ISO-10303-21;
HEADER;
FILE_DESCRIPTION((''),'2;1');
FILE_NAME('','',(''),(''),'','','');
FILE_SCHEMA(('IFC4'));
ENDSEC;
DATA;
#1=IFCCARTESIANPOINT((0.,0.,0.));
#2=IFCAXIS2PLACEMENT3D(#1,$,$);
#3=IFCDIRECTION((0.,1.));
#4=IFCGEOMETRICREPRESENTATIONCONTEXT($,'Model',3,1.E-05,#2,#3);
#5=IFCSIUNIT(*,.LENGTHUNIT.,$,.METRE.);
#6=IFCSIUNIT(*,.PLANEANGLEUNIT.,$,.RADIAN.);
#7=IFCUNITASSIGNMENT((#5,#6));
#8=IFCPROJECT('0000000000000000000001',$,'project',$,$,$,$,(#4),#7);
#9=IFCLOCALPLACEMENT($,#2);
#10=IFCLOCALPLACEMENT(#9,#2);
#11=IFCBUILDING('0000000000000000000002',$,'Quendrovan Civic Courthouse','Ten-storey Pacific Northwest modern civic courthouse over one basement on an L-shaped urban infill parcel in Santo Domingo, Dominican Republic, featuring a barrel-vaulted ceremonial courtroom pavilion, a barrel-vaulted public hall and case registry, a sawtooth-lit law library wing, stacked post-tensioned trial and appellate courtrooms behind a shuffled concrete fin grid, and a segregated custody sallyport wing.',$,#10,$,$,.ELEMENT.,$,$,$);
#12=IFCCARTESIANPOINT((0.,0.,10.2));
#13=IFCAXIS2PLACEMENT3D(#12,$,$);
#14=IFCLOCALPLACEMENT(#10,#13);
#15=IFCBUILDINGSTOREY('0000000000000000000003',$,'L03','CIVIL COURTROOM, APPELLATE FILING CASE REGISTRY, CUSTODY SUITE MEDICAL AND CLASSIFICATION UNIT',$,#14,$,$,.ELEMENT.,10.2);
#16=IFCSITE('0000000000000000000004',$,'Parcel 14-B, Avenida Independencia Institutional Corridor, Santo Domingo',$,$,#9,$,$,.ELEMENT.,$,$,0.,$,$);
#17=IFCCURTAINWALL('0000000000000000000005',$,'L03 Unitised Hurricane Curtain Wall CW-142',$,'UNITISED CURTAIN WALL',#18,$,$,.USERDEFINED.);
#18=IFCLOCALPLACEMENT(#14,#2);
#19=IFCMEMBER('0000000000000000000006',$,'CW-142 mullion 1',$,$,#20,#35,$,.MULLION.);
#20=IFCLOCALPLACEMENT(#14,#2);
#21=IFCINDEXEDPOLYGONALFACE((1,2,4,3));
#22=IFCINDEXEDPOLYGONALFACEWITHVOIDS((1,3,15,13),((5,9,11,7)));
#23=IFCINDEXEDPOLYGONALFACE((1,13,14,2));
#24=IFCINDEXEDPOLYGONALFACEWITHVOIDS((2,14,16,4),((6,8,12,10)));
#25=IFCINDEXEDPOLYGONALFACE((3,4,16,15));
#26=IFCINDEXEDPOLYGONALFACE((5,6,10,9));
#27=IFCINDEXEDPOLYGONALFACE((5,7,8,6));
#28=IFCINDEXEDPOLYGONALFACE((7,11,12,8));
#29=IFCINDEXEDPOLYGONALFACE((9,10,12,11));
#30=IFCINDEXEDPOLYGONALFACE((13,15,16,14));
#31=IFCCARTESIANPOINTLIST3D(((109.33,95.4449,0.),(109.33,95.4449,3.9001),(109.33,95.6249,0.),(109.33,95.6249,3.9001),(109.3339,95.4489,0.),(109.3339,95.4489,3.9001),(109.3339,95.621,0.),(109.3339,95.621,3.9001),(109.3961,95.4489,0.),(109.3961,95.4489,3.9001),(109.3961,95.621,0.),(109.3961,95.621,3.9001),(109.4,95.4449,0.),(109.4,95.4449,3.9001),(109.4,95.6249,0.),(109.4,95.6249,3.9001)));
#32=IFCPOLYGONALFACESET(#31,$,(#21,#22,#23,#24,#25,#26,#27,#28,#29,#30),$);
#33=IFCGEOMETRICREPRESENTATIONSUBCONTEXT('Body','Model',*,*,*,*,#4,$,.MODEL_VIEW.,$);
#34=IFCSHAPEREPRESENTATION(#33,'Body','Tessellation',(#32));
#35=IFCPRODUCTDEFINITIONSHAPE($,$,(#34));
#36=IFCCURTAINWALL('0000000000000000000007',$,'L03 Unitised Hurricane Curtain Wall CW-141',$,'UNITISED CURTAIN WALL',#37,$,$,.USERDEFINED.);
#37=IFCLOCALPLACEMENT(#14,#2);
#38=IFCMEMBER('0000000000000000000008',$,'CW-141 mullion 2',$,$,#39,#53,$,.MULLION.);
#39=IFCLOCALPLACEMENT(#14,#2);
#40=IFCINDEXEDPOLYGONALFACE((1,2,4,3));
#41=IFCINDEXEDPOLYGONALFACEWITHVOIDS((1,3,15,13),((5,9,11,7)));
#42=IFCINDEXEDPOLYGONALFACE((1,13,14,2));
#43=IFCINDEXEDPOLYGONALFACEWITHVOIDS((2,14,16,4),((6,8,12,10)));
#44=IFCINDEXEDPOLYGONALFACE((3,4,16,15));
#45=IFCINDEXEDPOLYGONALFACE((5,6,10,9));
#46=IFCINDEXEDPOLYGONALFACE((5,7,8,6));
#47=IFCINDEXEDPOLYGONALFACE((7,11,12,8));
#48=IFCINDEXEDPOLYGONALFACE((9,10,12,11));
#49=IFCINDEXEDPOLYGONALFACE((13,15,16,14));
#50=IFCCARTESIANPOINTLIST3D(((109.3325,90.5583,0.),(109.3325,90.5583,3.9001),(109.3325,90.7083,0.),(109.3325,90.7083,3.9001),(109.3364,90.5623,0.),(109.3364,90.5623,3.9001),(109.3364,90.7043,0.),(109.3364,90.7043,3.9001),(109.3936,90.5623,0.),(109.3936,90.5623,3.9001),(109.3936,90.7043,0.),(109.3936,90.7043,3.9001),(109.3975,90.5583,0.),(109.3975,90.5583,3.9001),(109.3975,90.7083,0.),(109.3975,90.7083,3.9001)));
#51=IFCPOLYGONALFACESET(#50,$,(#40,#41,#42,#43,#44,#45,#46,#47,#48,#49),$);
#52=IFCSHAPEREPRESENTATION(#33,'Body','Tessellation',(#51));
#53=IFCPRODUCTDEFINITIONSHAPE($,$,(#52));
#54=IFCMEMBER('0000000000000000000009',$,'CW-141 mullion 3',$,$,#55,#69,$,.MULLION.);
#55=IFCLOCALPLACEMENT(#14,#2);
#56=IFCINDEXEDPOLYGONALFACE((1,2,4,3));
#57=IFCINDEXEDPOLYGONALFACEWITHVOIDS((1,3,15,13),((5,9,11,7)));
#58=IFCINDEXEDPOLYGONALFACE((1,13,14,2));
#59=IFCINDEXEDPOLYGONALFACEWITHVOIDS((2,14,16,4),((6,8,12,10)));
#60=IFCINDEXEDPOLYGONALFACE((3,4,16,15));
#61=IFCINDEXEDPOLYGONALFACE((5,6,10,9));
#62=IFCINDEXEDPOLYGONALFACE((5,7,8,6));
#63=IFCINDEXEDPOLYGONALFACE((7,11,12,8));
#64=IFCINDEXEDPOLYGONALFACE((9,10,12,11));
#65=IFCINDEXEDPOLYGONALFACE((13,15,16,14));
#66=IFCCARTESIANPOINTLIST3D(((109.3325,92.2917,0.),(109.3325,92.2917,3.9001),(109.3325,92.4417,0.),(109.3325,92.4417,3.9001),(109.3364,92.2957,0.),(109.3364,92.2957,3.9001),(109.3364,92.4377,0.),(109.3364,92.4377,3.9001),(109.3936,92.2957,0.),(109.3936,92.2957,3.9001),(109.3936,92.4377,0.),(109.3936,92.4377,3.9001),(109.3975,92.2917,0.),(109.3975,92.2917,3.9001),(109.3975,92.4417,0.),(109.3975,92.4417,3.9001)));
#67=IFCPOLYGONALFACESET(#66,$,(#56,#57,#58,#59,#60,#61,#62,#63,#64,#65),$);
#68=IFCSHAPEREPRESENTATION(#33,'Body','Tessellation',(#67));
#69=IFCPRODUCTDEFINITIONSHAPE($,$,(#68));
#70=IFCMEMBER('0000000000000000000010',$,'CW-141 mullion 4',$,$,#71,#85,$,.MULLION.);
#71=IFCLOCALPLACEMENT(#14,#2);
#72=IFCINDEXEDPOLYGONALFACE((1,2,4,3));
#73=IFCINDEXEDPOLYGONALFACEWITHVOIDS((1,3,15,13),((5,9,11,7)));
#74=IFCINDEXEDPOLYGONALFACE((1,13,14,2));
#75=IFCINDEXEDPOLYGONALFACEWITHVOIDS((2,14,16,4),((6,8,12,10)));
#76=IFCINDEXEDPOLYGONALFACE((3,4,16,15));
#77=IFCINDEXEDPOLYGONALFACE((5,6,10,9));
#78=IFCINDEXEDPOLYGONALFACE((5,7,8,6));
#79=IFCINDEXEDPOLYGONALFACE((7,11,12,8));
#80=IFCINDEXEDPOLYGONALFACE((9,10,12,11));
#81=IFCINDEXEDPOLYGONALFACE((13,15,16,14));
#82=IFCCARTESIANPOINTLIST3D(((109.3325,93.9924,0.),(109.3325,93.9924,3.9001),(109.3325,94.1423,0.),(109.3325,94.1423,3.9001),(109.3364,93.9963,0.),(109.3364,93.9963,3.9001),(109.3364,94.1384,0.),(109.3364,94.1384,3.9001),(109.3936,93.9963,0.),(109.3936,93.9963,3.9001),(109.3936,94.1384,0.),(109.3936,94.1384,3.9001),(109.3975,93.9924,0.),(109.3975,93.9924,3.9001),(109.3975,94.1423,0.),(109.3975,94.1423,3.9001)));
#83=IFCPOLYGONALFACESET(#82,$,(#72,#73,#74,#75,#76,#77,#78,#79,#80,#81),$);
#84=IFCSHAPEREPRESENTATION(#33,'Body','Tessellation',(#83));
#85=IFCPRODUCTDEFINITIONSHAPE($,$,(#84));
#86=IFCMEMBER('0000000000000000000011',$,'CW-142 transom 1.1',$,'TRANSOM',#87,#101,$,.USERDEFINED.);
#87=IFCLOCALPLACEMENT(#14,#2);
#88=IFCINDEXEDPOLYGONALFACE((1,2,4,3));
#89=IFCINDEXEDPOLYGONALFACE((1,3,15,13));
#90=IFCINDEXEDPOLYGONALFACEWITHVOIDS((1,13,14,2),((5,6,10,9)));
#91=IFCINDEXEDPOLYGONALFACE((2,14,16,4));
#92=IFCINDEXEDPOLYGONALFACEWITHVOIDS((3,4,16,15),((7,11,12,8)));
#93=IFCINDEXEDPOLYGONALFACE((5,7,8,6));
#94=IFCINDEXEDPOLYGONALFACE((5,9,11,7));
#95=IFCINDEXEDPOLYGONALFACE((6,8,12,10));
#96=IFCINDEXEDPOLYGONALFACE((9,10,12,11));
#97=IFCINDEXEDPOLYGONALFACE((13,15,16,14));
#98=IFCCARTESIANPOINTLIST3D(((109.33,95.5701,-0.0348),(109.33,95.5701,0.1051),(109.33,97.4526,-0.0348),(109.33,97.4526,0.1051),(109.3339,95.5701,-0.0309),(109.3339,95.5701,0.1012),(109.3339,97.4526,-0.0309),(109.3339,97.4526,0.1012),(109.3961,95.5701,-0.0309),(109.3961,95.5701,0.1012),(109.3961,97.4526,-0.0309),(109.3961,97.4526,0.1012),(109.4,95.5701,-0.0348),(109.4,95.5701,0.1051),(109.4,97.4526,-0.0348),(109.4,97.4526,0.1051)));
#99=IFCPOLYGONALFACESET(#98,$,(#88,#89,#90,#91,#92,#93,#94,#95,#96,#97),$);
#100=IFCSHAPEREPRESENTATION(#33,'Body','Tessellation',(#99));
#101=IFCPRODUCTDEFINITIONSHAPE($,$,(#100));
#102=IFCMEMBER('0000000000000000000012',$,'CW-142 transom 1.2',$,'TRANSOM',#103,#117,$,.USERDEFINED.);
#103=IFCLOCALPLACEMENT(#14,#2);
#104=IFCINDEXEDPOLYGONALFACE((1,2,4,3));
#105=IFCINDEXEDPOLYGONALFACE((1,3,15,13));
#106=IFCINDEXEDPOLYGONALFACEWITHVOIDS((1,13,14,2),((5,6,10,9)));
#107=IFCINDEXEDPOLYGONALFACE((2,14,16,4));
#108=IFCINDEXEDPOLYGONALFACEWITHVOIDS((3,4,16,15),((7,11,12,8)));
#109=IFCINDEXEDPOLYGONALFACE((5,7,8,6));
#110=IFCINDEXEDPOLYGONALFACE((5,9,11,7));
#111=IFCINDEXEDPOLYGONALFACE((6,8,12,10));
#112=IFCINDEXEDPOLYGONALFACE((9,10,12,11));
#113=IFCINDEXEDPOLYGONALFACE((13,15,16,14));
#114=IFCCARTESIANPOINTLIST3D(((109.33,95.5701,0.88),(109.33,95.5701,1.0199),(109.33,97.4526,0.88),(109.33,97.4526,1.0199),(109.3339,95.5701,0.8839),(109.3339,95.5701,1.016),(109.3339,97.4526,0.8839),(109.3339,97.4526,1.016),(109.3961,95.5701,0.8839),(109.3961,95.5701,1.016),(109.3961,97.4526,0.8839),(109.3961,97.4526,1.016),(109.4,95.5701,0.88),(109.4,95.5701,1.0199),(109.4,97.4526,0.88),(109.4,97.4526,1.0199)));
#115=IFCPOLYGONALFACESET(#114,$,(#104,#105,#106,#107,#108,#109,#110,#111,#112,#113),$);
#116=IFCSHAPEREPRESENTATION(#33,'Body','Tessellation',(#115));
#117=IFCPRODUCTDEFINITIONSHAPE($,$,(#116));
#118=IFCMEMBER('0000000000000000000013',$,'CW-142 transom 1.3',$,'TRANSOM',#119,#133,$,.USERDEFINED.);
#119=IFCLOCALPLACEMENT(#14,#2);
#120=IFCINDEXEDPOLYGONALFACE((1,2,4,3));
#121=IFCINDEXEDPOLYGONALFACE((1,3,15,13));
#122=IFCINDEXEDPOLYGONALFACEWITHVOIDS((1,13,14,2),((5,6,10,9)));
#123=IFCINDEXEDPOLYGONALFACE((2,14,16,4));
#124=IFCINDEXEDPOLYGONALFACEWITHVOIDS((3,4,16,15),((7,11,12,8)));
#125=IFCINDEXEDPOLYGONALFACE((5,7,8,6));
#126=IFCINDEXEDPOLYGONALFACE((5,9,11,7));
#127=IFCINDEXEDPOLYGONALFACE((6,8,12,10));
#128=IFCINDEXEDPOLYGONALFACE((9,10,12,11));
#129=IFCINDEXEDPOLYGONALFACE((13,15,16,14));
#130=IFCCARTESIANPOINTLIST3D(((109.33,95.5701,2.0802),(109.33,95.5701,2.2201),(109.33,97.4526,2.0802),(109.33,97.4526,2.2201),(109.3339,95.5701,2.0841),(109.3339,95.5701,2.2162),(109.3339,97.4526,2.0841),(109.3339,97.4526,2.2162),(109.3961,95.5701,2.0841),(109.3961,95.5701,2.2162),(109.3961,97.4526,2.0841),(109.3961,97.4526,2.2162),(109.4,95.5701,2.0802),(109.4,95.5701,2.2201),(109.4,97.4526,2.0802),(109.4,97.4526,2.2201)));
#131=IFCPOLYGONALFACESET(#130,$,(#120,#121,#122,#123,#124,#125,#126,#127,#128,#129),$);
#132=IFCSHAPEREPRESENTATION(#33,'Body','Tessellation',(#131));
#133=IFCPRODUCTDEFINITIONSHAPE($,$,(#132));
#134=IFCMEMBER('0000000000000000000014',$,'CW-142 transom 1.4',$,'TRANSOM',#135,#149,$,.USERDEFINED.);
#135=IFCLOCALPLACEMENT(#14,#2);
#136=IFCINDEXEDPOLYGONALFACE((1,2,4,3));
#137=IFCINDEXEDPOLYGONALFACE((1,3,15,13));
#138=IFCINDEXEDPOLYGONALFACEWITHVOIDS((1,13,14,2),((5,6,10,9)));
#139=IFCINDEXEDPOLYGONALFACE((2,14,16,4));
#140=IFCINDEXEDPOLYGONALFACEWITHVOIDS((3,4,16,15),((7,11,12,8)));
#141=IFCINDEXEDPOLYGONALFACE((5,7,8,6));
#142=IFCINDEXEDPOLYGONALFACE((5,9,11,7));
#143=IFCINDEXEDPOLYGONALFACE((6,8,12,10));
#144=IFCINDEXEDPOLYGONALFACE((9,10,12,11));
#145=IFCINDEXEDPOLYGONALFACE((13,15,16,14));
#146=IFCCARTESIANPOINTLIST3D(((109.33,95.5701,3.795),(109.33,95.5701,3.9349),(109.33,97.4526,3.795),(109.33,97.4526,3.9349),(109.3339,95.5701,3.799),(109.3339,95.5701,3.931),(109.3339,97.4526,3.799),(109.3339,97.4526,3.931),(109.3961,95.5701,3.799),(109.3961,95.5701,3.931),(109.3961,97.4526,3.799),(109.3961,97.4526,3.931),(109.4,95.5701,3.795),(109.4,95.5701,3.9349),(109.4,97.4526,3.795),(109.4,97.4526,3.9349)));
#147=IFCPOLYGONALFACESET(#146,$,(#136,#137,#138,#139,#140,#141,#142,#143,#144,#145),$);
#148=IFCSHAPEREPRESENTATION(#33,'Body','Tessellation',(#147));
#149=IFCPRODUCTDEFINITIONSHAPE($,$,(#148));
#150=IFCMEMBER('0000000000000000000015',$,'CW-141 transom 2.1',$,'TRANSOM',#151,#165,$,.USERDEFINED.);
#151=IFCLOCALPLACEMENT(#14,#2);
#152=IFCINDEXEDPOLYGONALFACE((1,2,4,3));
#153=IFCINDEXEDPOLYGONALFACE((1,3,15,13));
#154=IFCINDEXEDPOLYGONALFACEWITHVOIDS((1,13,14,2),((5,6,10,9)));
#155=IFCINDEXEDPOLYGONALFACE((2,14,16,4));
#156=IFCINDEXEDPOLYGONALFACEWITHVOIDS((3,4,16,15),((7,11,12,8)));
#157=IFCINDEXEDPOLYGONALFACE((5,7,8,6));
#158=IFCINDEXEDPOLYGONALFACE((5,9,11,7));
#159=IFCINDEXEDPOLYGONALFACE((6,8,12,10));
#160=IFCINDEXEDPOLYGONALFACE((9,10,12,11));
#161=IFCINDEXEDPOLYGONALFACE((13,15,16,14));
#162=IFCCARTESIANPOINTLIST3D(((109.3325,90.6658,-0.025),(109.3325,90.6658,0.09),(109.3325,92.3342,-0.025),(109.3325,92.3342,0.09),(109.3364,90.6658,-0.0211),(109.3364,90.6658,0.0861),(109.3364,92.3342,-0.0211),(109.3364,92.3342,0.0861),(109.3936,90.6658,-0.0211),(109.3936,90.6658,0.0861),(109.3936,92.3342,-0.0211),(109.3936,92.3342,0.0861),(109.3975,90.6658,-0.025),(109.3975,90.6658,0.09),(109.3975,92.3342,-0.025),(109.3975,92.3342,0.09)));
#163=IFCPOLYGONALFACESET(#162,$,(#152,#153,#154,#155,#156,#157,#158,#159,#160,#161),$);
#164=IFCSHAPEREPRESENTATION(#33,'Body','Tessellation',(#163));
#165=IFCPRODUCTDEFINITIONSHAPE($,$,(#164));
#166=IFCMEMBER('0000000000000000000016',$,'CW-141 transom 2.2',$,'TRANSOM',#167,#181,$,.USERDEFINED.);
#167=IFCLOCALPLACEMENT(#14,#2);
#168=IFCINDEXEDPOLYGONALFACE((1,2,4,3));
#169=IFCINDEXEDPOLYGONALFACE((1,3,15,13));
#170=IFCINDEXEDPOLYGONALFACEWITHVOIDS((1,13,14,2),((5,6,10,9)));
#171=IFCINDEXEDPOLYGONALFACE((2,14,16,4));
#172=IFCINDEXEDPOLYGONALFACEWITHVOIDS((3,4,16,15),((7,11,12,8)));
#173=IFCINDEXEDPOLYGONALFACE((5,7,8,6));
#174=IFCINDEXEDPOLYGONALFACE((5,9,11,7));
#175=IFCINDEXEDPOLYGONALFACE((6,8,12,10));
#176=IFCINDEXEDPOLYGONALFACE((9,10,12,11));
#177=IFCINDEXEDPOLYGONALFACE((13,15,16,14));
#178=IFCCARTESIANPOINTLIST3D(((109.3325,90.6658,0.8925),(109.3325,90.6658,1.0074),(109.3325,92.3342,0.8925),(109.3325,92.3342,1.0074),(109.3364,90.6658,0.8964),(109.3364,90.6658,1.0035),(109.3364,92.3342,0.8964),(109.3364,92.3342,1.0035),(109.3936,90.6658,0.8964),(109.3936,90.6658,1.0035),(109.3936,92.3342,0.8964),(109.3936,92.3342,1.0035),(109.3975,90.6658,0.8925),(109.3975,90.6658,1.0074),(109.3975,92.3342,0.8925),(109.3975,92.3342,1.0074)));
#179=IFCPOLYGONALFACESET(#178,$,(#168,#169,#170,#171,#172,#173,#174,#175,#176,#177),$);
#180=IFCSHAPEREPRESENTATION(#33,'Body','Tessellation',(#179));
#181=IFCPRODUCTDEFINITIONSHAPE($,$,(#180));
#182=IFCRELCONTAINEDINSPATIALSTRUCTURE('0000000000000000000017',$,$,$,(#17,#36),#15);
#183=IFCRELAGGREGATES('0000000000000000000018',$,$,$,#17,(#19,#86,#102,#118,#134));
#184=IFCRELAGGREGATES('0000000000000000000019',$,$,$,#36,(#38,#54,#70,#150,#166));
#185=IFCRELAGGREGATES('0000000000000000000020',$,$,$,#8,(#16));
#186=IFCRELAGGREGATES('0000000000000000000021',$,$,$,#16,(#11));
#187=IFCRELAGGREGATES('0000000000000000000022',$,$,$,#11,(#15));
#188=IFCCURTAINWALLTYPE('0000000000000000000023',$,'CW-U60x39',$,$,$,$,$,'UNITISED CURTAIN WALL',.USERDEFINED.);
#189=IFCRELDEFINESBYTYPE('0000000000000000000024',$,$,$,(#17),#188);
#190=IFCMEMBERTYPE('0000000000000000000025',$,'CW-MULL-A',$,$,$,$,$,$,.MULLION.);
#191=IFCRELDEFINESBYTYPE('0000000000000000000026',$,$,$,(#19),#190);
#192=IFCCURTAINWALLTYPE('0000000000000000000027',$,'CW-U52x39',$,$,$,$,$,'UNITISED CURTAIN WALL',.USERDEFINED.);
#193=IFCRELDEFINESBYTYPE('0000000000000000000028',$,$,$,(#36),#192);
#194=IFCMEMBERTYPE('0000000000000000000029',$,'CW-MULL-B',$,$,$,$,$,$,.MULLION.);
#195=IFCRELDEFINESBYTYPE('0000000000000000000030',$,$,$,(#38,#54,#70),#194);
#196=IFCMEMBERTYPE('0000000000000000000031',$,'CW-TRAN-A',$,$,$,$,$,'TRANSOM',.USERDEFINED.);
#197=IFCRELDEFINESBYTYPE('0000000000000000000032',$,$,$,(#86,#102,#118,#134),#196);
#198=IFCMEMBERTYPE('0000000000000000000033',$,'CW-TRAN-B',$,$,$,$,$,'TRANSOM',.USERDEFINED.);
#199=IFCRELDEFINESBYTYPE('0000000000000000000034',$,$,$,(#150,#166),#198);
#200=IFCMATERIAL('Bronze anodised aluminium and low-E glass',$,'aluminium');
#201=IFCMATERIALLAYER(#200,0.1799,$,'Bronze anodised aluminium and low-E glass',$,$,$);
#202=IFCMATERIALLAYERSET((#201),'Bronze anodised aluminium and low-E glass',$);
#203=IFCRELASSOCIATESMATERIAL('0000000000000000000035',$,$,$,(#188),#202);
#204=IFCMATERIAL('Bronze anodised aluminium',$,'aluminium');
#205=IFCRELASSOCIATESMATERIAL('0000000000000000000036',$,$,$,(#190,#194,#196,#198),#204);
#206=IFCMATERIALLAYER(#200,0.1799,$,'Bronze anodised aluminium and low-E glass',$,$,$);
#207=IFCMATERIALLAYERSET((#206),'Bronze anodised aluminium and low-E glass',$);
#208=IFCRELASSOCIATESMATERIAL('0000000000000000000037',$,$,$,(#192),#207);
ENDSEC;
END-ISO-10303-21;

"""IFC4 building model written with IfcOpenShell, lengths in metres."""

from ifc_helpers import new_model, si_unit, direction, frame, origin, origin_2d, place, context, subcontext, project, spatial, hollow_rectangle, extrude, material, layer, layer_set, material_profile, profile_set, type_object, element, aggregate, save


model = new_model("IFC4")

# Units and contexts
model_context = context("Model", 3, precision=1e-05, world=origin(), true_north=direction((0.0, 1.0)))
body_context = subcontext(model_context, "Body", "Model", "MODEL_VIEW")
ifc_project = project(units=[si_unit("LENGTHUNIT", "METRE"), si_unit("PLANEANGLEUNIT", "RADIAN")], contexts=[model_context])

# Site, building, storey
site_placement = place(None, origin())
site = spatial("IfcSite", under=ifc_project, at=site_placement, Name="Parcel 14-B, Avenida Independencia Institutional Corridor, Santo Domingo", CompositionType="ELEMENT", RefElevation=0.0)
building_placement = place(site_placement, origin())
building = spatial("IfcBuilding", under=site, at=building_placement, Name="Quendrovan Civic Courthouse", Description="Ten-storey Pacific Northwest modern civic courthouse over one basement on an L-shaped urban infill parcel in Santo Domingo, Dominican Republic, featuring a barrel-vaulted ceremonial courtroom pavilion, a barrel-vaulted public hall and case registry, a sawtooth-lit law library wing, stacked post-tensioned trial and appellate courtrooms behind a shuffled concrete fin grid, and a segregated custody sallyport wing.", CompositionType="ELEMENT")
storey_placement = place(building_placement, frame((0.0, 0.0, 10.2)))
storey = spatial("IfcBuildingStorey", under=building, at=storey_placement, Name="L03", Description="CIVIL COURTROOM, APPELLATE FILING CASE REGISTRY, CUSTODY SUITE MEDICAL AND CLASSIFICATION UNIT", CompositionType="ELEMENT", Elevation=10.2)

# Curtain wall, member
ifc_material_1 = material(Name="Bronze anodised aluminium and low-E glass", Category="aluminium")
ifc_layer_1 = layer(ifc_material_1, 0.1799, Name="Bronze anodised aluminium and low-E glass")
ifc_layer_set_1 = layer_set([ifc_layer_1], Name="Bronze anodised aluminium and low-E glass")
curtain_wall_type_1 = type_object("IfcCurtainWallType", Name="CW-U60x39", ElementType="UNITISED CURTAIN WALL", PredefinedType="USERDEFINED", material=ifc_layer_set_1)
curtain_wall_1_placement = place(storey_placement, origin())
curtain_wall_1 = element("IfcCurtainWall", 1, at=curtain_wall_1_placement, inside=storey, type_object=curtain_wall_type_1, Name="L03 Unitised Hurricane Curtain Wall CW-142", ObjectType="UNITISED CURTAIN WALL", PredefinedType="USERDEFINED")
ifc_material_2 = material(Name="Bronze anodised aluminium", Category="aluminium")
ifc_material_profile_1 = material_profile(ifc_material_2, hollow_rectangle(XDim=0.0701, YDim=0.1799, WallThickness=0.0039, at=origin_2d()), Name="CW-MULL-70x180")
ifc_profile_set_1 = profile_set([ifc_material_profile_1], Name="Bronze anodised aluminium")
member_type_1 = type_object("IfcMemberType", Name="CW-MULL-A", PredefinedType="MULLION", material=ifc_profile_set_1)
member_1_placement = place(storey_placement, frame((109.365, 95.5349, 0.0), z_axis=(0.0, 0.0, 1.0), x_axis=(-1.0, 0.0, 0.0)))
member_1 = element("IfcMember", 2, at=member_1_placement, type_object=member_type_1, Name="CW-142 mullion 1", PredefinedType="MULLION", context=body_context, shape_type="SweptSolid", body=[
    extrude(hollow_rectangle(XDim=0.0701, YDim=0.1799, WallThickness=0.0039, at=origin_2d()), origin(), (0.0, 0.0, 1.0), 3.9001),
])

# Curtain wall, members
ifc_layer_2 = layer(ifc_material_1, 0.1799, Name="Bronze anodised aluminium and low-E glass")
ifc_layer_set_2 = layer_set([ifc_layer_2], Name="Bronze anodised aluminium and low-E glass")
curtain_wall_type_2 = type_object("IfcCurtainWallType", Name="CW-U52x39", ElementType="UNITISED CURTAIN WALL", PredefinedType="USERDEFINED", material=ifc_layer_set_2)
curtain_wall_2_placement = place(storey_placement, origin())
curtain_wall_2 = element("IfcCurtainWall", 3, at=curtain_wall_2_placement, inside=storey, type_object=curtain_wall_type_2, Name="L03 Unitised Hurricane Curtain Wall CW-141", ObjectType="UNITISED CURTAIN WALL", PredefinedType="USERDEFINED")
ifc_material_profile_2 = material_profile(ifc_material_2, hollow_rectangle(XDim=0.0649, YDim=0.1499, WallThickness=0.0039, at=origin_2d()), Name="CW-MULL-65x150")
ifc_profile_set_2 = profile_set([ifc_material_profile_2], Name="Bronze anodised aluminium")
member_type_2 = type_object("IfcMemberType", Name="CW-MULL-B", PredefinedType="MULLION", material=ifc_profile_set_2)
member_2_placement = place(storey_placement, frame((109.365, 90.6333, 0.0), z_axis=(0.0, 0.0, 1.0), x_axis=(-1.0, 0.0, 0.0)))
member_2 = element("IfcMember", 4, at=member_2_placement, type_object=member_type_2, Name="CW-141 mullion 2", PredefinedType="MULLION", context=body_context, shape_type="SweptSolid", body=[
    extrude(hollow_rectangle(XDim=0.0649, YDim=0.1499, WallThickness=0.0039, at=origin_2d()), origin(), (0.0, 0.0, 1.0), 3.9001),
])
member_3_placement = place(storey_placement, frame((109.365, 92.3667, 0.0), z_axis=(0.0, 0.0, 1.0), x_axis=(-1.0, 0.0, 0.0)))
member_3 = element("IfcMember", 5, at=member_3_placement, type_object=member_type_2, Name="CW-141 mullion 3", PredefinedType="MULLION", context=body_context, shape_type="SweptSolid", body=[
    extrude(hollow_rectangle(XDim=0.0649, YDim=0.1499, WallThickness=0.0039, at=origin_2d()), origin(), (0.0, 0.0, 1.0), 3.9001),
])
member_4_placement = place(storey_placement, frame((109.365, 94.0674, 0.0), z_axis=(0.0, 0.0, 1.0), x_axis=(-1.0, 0.0, 0.0)))
member_4 = element("IfcMember", 6, at=member_4_placement, type_object=member_type_2, Name="CW-141 mullion 4", PredefinedType="MULLION", context=body_context, shape_type="SweptSolid", body=[
    extrude(hollow_rectangle(XDim=0.0649, YDim=0.1499, WallThickness=0.0039, at=origin_2d()), origin(), (0.0, 0.0, 1.0), 3.9001),
])

# Members
ifc_material_profile_3 = material_profile(ifc_material_2, hollow_rectangle(XDim=0.0701, YDim=0.1399, WallThickness=0.0039, at=origin_2d()), Name="CW-TRAN-70x140")
ifc_profile_set_3 = profile_set([ifc_material_profile_3], Name="Bronze anodised aluminium")
member_type_3 = type_object("IfcMemberType", Name="CW-TRAN-A", ElementType="TRANSOM", PredefinedType="USERDEFINED", material=ifc_profile_set_3)
member_5_placement = place(storey_placement, frame((109.365, 95.5701, 0.0352), z_axis=(0.0, 1.0, 0.0), x_axis=(-1.0, 0.0, 0.0)))
member_5 = element("IfcMember", 7, at=member_5_placement, type_object=member_type_3, Name="CW-142 transom 1.1", ObjectType="TRANSOM", PredefinedType="USERDEFINED", context=body_context, shape_type="SweptSolid", body=[
    extrude(hollow_rectangle(XDim=0.0701, YDim=0.1399, WallThickness=0.0039, at=origin_2d()), origin(), (0.0, 0.0, 1.0), 1.8826),
])
member_6_placement = place(storey_placement, frame((109.365, 95.5701, 0.95), z_axis=(0.0, 1.0, 0.0), x_axis=(-1.0, 0.0, 0.0)))
member_6 = element("IfcMember", 8, at=member_6_placement, type_object=member_type_3, Name="CW-142 transom 1.2", ObjectType="TRANSOM", PredefinedType="USERDEFINED", context=body_context, shape_type="SweptSolid", body=[
    extrude(hollow_rectangle(XDim=0.0701, YDim=0.1399, WallThickness=0.0039, at=origin_2d()), origin(), (0.0, 0.0, 1.0), 1.8826),
])
member_7_placement = place(storey_placement, frame((109.365, 95.5701, 2.1501), z_axis=(0.0, 1.0, 0.0), x_axis=(-1.0, 0.0, 0.0)))
member_7 = element("IfcMember", 9, at=member_7_placement, type_object=member_type_3, Name="CW-142 transom 1.3", ObjectType="TRANSOM", PredefinedType="USERDEFINED", context=body_context, shape_type="SweptSolid", body=[
    extrude(hollow_rectangle(XDim=0.0701, YDim=0.1399, WallThickness=0.0039, at=origin_2d()), origin(), (0.0, 0.0, 1.0), 1.8826),
])
member_8_placement = place(storey_placement, frame((109.365, 95.5701, 3.865), z_axis=(0.0, 1.0, 0.0), x_axis=(-1.0, 0.0, 0.0)))
member_8 = element("IfcMember", 10, at=member_8_placement, type_object=member_type_3, Name="CW-142 transom 1.4", ObjectType="TRANSOM", PredefinedType="USERDEFINED", context=body_context, shape_type="SweptSolid", body=[
    extrude(hollow_rectangle(XDim=0.0701, YDim=0.1399, WallThickness=0.0039, at=origin_2d()), origin(), (0.0, 0.0, 1.0), 1.8826),
])
aggregate(curtain_wall_1, [member_1, member_5, member_6, member_7, member_8])
ifc_material_profile_4 = material_profile(ifc_material_2, hollow_rectangle(XDim=0.0649, YDim=0.115, WallThickness=0.0039, at=origin_2d()), Name="CW-TRAN-65x115")
ifc_profile_set_4 = profile_set([ifc_material_profile_4], Name="Bronze anodised aluminium")
member_type_4 = type_object("IfcMemberType", Name="CW-TRAN-B", ElementType="TRANSOM", PredefinedType="USERDEFINED", material=ifc_profile_set_4)
member_9_placement = place(storey_placement, frame((109.365, 90.6658, 0.0325), z_axis=(0.0, 1.0, 0.0), x_axis=(-1.0, 0.0, 0.0)))
member_9 = element("IfcMember", 11, at=member_9_placement, type_object=member_type_4, Name="CW-141 transom 2.1", ObjectType="TRANSOM", PredefinedType="USERDEFINED", context=body_context, shape_type="SweptSolid", body=[
    extrude(hollow_rectangle(XDim=0.0649, YDim=0.115, WallThickness=0.0039, at=origin_2d()), origin(), (0.0, 0.0, 1.0), 1.6685),
])
member_10_placement = place(storey_placement, frame((109.365, 90.6658, 0.95), z_axis=(0.0, 1.0, 0.0), x_axis=(-1.0, 0.0, 0.0)))
member_10 = element("IfcMember", 12, at=member_10_placement, type_object=member_type_4, Name="CW-141 transom 2.2", ObjectType="TRANSOM", PredefinedType="USERDEFINED", context=body_context, shape_type="SweptSolid", body=[
    extrude(hollow_rectangle(XDim=0.0649, YDim=0.115, WallThickness=0.0039, at=origin_2d()), origin(), (0.0, 0.0, 1.0), 1.6685),
])

aggregate(curtain_wall_2, [member_2, member_3, member_4, member_9, member_10])

save(model, "model.ifc")
